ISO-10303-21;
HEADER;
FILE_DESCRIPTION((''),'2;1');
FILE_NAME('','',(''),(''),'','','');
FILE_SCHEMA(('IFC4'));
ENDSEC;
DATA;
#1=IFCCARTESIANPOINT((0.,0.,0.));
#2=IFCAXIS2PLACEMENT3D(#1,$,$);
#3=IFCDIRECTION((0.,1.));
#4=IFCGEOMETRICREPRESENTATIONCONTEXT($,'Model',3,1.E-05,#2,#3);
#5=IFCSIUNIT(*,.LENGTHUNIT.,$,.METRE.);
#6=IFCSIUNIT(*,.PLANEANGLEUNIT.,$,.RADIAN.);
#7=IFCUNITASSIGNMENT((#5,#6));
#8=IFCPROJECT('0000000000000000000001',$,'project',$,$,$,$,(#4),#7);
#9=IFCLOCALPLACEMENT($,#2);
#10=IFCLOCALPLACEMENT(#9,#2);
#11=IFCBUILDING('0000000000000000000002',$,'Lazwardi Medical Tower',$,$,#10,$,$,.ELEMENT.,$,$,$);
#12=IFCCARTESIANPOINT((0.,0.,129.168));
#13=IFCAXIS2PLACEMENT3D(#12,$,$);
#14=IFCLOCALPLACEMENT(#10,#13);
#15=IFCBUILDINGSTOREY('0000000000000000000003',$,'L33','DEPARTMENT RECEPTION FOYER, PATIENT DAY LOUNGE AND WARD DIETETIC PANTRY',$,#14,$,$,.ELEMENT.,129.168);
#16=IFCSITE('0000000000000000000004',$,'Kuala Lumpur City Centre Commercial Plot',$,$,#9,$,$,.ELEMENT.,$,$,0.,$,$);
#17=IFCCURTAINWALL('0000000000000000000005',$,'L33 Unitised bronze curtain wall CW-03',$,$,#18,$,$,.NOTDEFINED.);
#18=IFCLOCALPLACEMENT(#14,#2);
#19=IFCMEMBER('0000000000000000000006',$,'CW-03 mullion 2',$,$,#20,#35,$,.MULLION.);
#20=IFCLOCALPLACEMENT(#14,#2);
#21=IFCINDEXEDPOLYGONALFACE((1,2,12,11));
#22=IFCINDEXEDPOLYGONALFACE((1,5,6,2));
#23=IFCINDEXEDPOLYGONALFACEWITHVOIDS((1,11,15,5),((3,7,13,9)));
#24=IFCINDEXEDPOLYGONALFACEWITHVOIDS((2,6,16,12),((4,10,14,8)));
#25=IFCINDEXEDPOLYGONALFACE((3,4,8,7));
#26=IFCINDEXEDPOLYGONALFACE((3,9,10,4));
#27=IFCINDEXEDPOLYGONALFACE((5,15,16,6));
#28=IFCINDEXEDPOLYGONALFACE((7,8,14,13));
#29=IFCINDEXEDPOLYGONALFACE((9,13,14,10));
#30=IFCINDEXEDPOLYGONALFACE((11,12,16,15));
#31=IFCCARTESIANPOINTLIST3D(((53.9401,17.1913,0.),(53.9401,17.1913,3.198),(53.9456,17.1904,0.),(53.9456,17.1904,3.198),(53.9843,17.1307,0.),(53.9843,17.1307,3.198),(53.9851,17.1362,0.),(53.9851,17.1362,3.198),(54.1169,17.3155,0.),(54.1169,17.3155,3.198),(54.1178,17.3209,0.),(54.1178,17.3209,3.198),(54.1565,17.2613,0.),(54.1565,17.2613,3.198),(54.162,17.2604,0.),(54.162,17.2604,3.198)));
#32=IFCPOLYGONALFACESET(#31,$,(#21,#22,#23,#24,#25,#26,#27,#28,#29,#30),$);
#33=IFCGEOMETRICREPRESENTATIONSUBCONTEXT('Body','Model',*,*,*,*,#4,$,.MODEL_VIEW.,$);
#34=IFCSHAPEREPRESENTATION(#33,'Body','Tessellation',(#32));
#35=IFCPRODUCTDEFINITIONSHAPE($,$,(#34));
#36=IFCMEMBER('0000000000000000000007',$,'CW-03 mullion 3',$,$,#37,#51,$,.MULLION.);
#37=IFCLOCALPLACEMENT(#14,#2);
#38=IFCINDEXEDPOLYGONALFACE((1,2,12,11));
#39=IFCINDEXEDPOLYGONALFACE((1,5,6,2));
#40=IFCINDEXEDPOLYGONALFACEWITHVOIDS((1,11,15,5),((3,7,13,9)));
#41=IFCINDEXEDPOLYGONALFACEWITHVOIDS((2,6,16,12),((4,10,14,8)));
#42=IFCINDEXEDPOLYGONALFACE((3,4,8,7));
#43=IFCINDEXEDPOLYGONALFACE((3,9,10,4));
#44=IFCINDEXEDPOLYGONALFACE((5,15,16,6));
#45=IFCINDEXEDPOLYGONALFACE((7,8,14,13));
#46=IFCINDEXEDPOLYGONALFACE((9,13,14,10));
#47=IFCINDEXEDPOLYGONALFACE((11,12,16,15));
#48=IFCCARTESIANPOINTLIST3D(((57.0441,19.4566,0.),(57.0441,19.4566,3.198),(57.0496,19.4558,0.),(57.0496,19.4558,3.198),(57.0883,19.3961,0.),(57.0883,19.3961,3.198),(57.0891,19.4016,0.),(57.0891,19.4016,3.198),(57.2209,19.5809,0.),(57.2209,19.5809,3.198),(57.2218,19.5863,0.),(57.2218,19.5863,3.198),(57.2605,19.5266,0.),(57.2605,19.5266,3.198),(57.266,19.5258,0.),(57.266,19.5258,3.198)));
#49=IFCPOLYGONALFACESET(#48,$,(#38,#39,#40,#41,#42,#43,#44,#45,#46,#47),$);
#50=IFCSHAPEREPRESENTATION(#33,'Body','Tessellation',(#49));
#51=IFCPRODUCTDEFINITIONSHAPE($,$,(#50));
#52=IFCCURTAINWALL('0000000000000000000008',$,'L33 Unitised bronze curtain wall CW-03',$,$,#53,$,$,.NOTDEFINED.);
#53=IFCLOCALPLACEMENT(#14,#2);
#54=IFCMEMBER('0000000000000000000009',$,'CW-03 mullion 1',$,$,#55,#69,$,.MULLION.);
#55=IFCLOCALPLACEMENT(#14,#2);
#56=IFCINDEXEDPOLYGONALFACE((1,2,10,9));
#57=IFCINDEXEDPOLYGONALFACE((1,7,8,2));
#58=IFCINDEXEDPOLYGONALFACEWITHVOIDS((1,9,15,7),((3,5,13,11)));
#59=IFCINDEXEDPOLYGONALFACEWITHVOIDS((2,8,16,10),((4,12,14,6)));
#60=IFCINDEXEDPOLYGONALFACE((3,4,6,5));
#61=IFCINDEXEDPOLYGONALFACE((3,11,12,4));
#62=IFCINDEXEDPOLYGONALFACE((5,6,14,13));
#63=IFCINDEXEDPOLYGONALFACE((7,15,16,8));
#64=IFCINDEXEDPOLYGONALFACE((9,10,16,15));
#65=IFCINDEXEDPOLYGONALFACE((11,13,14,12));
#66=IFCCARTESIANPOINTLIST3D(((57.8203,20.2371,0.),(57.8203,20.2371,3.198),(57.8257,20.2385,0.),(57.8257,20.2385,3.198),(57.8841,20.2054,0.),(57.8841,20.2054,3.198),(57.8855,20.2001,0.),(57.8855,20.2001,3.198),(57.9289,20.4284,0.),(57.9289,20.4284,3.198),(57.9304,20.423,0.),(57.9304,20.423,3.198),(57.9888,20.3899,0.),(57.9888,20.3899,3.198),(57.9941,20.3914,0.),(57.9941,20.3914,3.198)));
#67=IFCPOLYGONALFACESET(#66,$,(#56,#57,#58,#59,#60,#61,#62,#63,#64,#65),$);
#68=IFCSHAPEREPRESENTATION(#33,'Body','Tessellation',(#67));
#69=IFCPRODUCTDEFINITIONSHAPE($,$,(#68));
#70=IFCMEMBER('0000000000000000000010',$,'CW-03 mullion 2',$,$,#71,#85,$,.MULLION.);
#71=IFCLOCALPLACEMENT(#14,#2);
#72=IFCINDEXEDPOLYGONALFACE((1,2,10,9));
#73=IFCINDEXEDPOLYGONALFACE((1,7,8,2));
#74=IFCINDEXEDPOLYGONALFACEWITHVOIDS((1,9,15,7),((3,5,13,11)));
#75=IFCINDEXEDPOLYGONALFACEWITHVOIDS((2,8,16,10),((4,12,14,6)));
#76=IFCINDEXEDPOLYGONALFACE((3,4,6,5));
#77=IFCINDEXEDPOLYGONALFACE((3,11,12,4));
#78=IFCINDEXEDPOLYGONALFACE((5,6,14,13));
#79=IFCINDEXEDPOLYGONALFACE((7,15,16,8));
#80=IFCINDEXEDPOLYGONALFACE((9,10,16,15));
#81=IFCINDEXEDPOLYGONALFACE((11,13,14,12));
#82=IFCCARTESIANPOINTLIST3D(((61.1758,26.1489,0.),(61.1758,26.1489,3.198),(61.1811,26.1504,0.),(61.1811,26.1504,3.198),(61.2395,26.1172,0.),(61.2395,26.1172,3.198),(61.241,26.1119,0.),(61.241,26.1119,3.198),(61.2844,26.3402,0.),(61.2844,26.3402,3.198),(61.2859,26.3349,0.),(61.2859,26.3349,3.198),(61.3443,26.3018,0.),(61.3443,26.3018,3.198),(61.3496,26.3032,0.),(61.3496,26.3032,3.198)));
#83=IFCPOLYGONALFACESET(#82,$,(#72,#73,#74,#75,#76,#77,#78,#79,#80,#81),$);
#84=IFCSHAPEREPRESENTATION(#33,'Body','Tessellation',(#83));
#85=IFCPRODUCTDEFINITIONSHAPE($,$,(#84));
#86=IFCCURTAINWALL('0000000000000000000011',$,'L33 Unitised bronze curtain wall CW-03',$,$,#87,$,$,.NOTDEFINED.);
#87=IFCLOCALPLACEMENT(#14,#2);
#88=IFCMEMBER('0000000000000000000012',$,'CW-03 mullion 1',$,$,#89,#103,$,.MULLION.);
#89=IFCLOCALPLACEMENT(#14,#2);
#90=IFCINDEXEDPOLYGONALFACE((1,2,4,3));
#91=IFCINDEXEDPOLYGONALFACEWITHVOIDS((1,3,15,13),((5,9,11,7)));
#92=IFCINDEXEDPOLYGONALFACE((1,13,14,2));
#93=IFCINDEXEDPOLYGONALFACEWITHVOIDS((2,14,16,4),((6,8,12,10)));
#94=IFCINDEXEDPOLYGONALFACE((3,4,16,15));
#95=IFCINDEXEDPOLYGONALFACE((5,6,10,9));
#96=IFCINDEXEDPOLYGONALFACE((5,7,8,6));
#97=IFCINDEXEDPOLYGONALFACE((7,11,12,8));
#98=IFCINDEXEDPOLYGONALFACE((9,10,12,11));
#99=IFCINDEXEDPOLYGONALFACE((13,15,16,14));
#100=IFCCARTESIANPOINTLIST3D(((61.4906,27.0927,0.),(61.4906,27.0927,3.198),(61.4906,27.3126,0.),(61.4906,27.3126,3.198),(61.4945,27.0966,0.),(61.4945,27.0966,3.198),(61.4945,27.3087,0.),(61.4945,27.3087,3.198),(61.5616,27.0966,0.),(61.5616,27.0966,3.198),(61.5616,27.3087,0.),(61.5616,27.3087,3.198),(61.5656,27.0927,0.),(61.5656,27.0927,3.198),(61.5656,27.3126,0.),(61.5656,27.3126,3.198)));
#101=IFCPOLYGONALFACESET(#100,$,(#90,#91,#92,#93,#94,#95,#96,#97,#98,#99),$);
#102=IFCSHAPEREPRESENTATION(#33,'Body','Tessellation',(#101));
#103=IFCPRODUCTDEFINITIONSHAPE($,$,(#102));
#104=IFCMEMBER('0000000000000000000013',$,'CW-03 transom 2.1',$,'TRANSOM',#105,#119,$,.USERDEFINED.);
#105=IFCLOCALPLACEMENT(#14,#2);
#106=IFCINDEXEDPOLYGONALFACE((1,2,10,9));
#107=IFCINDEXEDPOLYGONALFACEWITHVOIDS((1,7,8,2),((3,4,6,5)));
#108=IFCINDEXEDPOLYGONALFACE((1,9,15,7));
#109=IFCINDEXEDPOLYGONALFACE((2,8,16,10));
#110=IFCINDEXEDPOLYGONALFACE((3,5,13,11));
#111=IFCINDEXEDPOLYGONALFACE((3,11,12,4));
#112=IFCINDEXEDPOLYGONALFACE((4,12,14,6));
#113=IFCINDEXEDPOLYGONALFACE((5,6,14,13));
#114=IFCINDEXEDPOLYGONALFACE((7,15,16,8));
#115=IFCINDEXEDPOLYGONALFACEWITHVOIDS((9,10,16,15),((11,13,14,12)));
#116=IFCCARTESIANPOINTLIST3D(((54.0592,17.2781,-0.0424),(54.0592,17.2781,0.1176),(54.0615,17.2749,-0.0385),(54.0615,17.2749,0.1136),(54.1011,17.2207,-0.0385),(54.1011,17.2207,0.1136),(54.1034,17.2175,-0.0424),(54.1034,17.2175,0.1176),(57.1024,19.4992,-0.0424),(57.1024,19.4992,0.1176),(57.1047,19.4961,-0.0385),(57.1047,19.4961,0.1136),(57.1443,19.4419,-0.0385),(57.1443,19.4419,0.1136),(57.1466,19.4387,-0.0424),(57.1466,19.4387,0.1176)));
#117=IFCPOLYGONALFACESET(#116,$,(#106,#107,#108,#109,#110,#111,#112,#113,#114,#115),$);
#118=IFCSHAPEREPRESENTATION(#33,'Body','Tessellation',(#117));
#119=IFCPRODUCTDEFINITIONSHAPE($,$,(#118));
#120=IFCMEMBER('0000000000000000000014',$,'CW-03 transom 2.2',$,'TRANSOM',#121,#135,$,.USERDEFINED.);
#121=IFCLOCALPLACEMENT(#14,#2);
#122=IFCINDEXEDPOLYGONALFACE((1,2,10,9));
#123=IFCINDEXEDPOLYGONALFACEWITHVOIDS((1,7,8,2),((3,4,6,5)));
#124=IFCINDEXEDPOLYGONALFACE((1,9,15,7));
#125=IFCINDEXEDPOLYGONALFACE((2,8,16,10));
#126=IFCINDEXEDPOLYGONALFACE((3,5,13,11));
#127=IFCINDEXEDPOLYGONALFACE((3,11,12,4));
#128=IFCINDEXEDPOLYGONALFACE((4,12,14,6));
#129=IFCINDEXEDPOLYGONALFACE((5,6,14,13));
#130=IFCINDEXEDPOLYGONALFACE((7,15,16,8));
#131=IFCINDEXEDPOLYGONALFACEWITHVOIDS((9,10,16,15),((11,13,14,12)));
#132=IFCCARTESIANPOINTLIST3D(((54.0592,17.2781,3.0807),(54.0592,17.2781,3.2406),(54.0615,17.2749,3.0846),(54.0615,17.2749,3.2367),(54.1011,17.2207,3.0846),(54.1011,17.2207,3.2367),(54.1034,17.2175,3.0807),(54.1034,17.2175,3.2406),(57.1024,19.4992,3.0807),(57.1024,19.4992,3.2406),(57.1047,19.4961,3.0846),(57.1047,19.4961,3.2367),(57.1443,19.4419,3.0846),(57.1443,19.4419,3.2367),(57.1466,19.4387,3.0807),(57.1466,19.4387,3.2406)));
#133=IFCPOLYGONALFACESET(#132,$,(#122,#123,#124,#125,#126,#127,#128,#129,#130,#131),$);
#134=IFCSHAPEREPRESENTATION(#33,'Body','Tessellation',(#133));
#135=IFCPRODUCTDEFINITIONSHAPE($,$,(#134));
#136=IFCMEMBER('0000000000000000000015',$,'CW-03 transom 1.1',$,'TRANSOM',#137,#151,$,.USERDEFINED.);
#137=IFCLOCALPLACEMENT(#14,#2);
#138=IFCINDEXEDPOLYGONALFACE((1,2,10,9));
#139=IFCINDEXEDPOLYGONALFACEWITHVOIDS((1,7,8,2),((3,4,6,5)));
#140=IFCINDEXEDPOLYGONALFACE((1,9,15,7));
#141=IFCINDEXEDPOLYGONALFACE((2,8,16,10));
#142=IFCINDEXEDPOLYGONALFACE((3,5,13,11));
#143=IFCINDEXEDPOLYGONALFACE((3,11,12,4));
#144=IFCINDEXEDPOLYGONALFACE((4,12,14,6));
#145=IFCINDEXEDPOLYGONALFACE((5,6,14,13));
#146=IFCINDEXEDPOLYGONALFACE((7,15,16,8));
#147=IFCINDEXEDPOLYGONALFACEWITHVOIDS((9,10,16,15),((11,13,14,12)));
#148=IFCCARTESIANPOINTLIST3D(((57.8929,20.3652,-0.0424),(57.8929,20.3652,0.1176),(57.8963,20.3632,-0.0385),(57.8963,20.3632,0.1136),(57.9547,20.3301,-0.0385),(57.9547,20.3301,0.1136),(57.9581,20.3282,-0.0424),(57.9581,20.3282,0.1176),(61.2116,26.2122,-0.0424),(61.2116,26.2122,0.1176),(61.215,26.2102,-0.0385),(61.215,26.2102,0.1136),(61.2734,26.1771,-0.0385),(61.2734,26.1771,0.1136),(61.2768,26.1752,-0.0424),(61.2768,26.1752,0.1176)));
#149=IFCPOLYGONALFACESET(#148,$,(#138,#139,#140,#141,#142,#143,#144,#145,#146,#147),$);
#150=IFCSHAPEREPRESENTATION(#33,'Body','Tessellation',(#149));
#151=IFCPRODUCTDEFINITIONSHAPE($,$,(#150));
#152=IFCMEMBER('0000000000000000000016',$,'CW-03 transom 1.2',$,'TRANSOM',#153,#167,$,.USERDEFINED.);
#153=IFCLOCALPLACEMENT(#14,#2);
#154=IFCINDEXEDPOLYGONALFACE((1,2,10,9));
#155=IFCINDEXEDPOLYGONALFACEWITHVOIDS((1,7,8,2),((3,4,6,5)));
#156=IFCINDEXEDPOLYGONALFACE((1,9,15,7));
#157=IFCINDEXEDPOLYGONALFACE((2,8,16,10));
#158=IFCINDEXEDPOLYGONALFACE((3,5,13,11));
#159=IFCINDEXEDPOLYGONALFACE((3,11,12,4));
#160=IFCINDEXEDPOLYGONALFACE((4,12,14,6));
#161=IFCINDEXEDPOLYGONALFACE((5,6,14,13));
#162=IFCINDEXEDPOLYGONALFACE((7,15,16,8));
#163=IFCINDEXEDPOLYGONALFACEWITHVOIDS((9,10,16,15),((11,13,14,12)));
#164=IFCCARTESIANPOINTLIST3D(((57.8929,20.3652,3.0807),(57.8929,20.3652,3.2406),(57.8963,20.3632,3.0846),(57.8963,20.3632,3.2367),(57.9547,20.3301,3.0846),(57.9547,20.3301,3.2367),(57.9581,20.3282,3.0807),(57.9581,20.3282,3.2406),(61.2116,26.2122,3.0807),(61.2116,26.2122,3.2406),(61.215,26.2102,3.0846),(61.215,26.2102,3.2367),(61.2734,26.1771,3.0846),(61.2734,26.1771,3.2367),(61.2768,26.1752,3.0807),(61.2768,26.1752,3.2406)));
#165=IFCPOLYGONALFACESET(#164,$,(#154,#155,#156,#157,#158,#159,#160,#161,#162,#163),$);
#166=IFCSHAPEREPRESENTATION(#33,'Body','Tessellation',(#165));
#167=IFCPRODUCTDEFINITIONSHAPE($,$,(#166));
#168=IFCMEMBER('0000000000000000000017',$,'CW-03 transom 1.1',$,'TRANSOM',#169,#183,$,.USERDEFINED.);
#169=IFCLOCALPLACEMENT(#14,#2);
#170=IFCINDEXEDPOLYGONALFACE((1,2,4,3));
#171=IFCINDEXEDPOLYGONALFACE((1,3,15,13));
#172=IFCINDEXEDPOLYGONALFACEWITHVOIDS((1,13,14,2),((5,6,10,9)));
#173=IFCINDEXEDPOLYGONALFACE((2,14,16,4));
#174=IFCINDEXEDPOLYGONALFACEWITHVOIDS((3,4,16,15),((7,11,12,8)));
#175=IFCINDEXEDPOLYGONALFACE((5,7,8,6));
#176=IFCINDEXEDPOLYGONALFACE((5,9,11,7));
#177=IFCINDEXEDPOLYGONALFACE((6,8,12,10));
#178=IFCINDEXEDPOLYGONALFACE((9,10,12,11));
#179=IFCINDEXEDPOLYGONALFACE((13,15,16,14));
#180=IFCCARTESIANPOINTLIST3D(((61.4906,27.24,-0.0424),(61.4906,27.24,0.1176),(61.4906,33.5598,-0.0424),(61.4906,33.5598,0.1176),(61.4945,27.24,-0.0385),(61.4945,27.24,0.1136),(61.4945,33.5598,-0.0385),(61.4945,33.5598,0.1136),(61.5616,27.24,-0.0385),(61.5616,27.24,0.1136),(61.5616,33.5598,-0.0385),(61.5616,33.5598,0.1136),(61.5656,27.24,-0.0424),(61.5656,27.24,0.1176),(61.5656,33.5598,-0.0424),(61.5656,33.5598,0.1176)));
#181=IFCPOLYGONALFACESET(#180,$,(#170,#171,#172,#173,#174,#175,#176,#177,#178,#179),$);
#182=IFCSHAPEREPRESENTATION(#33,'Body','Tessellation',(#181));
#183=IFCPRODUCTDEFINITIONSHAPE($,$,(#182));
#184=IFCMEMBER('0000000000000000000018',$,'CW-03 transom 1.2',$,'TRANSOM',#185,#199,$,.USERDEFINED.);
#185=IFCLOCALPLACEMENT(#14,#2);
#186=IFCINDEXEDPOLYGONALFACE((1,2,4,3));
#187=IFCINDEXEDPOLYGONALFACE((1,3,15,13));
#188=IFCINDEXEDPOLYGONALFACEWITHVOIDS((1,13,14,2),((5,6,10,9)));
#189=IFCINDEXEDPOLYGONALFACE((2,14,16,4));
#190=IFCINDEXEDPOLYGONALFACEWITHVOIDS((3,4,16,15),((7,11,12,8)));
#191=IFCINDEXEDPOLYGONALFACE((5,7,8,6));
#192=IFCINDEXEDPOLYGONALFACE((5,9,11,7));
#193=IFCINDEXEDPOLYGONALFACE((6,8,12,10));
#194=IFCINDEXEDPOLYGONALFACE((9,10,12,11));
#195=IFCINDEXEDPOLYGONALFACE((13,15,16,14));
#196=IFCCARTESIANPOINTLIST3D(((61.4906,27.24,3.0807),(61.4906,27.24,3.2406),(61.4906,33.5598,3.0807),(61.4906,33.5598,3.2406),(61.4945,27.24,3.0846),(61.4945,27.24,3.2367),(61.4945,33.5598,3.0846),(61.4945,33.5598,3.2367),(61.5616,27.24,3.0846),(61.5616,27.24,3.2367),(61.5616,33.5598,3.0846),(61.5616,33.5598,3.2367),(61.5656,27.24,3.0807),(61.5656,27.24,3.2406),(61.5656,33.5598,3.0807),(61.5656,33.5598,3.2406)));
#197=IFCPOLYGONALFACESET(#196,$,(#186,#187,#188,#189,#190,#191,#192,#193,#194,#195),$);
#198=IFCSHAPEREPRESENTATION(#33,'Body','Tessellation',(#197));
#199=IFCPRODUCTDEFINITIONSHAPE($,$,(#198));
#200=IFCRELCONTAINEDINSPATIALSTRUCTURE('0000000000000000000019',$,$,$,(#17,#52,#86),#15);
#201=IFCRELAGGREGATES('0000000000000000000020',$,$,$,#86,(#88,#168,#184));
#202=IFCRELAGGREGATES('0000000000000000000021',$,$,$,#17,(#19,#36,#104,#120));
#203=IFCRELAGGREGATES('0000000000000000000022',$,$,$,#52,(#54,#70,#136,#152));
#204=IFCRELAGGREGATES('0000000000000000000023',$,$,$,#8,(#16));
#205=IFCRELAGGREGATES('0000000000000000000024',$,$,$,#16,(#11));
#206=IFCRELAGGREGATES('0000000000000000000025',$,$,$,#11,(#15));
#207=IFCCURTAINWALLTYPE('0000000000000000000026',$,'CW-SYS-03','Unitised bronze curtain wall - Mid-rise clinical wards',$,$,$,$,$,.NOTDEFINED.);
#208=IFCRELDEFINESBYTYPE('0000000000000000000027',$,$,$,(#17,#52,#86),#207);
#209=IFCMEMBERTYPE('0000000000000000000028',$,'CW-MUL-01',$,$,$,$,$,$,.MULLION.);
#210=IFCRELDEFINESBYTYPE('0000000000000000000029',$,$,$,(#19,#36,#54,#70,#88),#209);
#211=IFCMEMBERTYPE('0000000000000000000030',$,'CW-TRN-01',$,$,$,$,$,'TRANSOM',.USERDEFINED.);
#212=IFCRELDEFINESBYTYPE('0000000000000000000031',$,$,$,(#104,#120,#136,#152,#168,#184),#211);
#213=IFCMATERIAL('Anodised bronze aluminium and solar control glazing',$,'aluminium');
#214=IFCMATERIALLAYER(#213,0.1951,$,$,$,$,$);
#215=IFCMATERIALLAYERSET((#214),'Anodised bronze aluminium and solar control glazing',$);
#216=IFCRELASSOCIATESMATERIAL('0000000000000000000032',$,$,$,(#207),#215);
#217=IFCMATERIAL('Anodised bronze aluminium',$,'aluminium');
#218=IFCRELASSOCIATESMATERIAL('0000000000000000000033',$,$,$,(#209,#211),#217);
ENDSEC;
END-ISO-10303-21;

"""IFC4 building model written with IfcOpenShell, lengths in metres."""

from ifc_helpers import new_model, si_unit, direction, frame, origin, origin_2d, place, context, subcontext, project, spatial, hollow_rectangle, extrude, material, layer, layer_set, material_profile, profile_set, type_object, element, aggregate, save


model = new_model("IFC4")

# Units and contexts
model_context = context("Model", 3, precision=1e-05, world=origin(), true_north=direction((0.0, 1.0)))
body_context = subcontext(model_context, "Body", "Model", "MODEL_VIEW")
ifc_project = project(units=[si_unit("LENGTHUNIT", "METRE"), si_unit("PLANEANGLEUNIT", "RADIAN")], contexts=[model_context])

# Site, building, storey
site_placement = place(None, origin())
site = spatial("IfcSite", under=ifc_project, at=site_placement, Name="Kuala Lumpur City Centre Commercial Plot", CompositionType="ELEMENT", RefElevation=0.0)
building_placement = place(site_placement, origin())
building = spatial("IfcBuilding", under=site, at=building_placement, Name="Lazwardi Medical Tower", CompositionType="ELEMENT")
storey_placement = place(building_placement, frame((0.0, 0.0, 129.168)))
storey = spatial("IfcBuildingStorey", under=building, at=storey_placement, Name="L33", Description="DEPARTMENT RECEPTION FOYER, PATIENT DAY LOUNGE AND WARD DIETETIC PANTRY", CompositionType="ELEMENT", Elevation=129.168)

# Curtain walls, members
ifc_material_1 = material(Name="Anodised bronze aluminium and solar control glazing", Category="aluminium")
ifc_layer_1 = layer(ifc_material_1, 0.1951)
ifc_layer_set_1 = layer_set([ifc_layer_1], Name="Anodised bronze aluminium and solar control glazing")
curtain_wall_type = type_object("IfcCurtainWallType", Name="CW-SYS-03", Description="Unitised bronze curtain wall - Mid-rise clinical wards", PredefinedType="NOTDEFINED", material=ifc_layer_set_1)
curtain_wall_1_placement = place(storey_placement, origin())
curtain_wall_1 = element("IfcCurtainWall", 1, at=curtain_wall_1_placement, inside=storey, type_object=curtain_wall_type, Name="L33 Unitised bronze curtain wall CW-03", PredefinedType="NOTDEFINED")
ifc_material_2 = material(Name="Anodised bronze aluminium", Category="aluminium")
ifc_material_profile_1 = material_profile(ifc_material_2, hollow_rectangle(XDim=0.075, YDim=0.22, WallThickness=0.0039, at=origin_2d()), Name="ALU-MULLION 220x75x4")
ifc_profile_set_1 = profile_set([ifc_material_profile_1], Name="Anodised bronze aluminium")
member_type_1 = type_object("IfcMemberType", Name="CW-MUL-01", PredefinedType="MULLION", material=ifc_profile_set_1)
member_1_placement = place(storey_placement, frame((54.051, 17.2258, 0.0), z_axis=(0.0, 0.0, 1.0), x_axis=(-0.589531, 0.807746, 0.0)))
member_1 = element("IfcMember", 2, at=member_1_placement, type_object=member_type_1, Name="CW-03 mullion 2", PredefinedType="MULLION", context=body_context, shape_type="SweptSolid", body=[
    extrude(hollow_rectangle(XDim=0.075, YDim=0.22, WallThickness=0.0039, at=origin_2d()), origin(), (0.0, 0.0, 1.0), 3.198),
])
member_2_placement = place(storey_placement, frame((57.155, 19.4912, 0.0), z_axis=(0.0, 0.0, 1.0), x_axis=(-0.589531, 0.807746, 0.0)))
member_2 = element("IfcMember", 3, at=member_2_placement, type_object=member_type_1, Name="CW-03 mullion 3", PredefinedType="MULLION", context=body_context, shape_type="SweptSolid", body=[
    extrude(hollow_rectangle(XDim=0.075, YDim=0.22, WallThickness=0.0039, at=origin_2d()), origin(), (0.0, 0.0, 1.0), 3.198),
])
curtain_wall_2_placement = place(storey_placement, origin())
curtain_wall_2 = element("IfcCurtainWall", 4, at=curtain_wall_2_placement, inside=storey, type_object=curtain_wall_type, Name="L33 Unitised bronze curtain wall CW-03", PredefinedType="NOTDEFINED")
member_3_placement = place(storey_placement, frame((57.9072, 20.3142, 0.0), z_axis=(0.0, 0.0, 1.0), x_axis=(-0.869687, 0.493603, 0.0)))
member_3 = element("IfcMember", 5, at=member_3_placement, type_object=member_type_1, Name="CW-03 mullion 1", PredefinedType="MULLION", context=body_context, shape_type="SweptSolid", body=[
    extrude(hollow_rectangle(XDim=0.075, YDim=0.22, WallThickness=0.0039, at=origin_2d()), origin(), (0.0, 0.0, 1.0), 3.198),
])
member_4_placement = place(storey_placement, frame((61.2627, 26.2261, 0.0), z_axis=(0.0, 0.0, 1.0), x_axis=(-0.869687, 0.493603, 0.0)))
member_4 = element("IfcMember", 6, at=member_4_placement, type_object=member_type_1, Name="CW-03 mullion 2", PredefinedType="MULLION", context=body_context, shape_type="SweptSolid", body=[
    extrude(hollow_rectangle(XDim=0.075, YDim=0.22, WallThickness=0.0039, at=origin_2d()), origin(), (0.0, 0.0, 1.0), 3.198),
])

# Curtain wall, member
curtain_wall_3_placement = place(storey_placement, origin())
curtain_wall_3 = element("IfcCurtainWall", 7, at=curtain_wall_3_placement, inside=storey, type_object=curtain_wall_type, Name="L33 Unitised bronze curtain wall CW-03", PredefinedType="NOTDEFINED")
member_5_placement = place(storey_placement, frame((61.5281, 27.2026, 0.0), z_axis=(0.0, 0.0, 1.0), x_axis=(-1.0, 0.0, 0.0)))
member_5 = element("IfcMember", 8, at=member_5_placement, type_object=member_type_1, Name="CW-03 mullion 1", PredefinedType="MULLION", context=body_context, shape_type="SweptSolid", body=[
    extrude(hollow_rectangle(XDim=0.075, YDim=0.22, WallThickness=0.0039, at=origin_2d()), origin(), (0.0, 0.0, 1.0), 3.198),
])

# Members
ifc_material_profile_2 = material_profile(ifc_material_2, hollow_rectangle(XDim=0.075, YDim=0.1599, WallThickness=0.0039, at=origin_2d()), Name="ALU-TRANSOM 160x75x4")
ifc_profile_set_2 = profile_set([ifc_material_profile_2], Name="Anodised bronze aluminium")
member_type_2 = type_object("IfcMemberType", Name="CW-TRN-01", ElementType="TRANSOM", PredefinedType="USERDEFINED", material=ifc_profile_set_2)
member_6_placement = place(storey_placement, frame((54.0813, 17.2478, 0.0376), z_axis=(0.807732, 0.58955, 0.0), x_axis=(-0.58955, 0.807732, 0.0)))
member_6 = element("IfcMember", 9, at=member_6_placement, type_object=member_type_2, Name="CW-03 transom 2.1", ObjectType="TRANSOM", PredefinedType="USERDEFINED", context=body_context, shape_type="SweptSolid", body=[
    extrude(hollow_rectangle(XDim=0.075, YDim=0.1599, WallThickness=0.0039, at=origin_2d()), origin(), (0.0, 0.0, 1.0), 3.7676),
])
member_7_placement = place(storey_placement, frame((54.0813, 17.2478, 3.1606), z_axis=(0.807732, 0.58955, 0.0), x_axis=(-0.58955, 0.807732, 0.0)))
member_7 = element("IfcMember", 10, at=member_7_placement, type_object=member_type_2, Name="CW-03 transom 2.2", ObjectType="TRANSOM", PredefinedType="USERDEFINED", context=body_context, shape_type="SweptSolid", body=[
    extrude(hollow_rectangle(XDim=0.075, YDim=0.1599, WallThickness=0.0039, at=origin_2d()), origin(), (0.0, 0.0, 1.0), 3.7676),
])
member_8_placement = place(storey_placement, frame((57.9255, 20.3467, 0.0376), z_axis=(0.493614, 0.869681, 0.0), x_axis=(-0.869681, 0.493614, 0.0)))
member_8 = element("IfcMember", 11, at=member_8_placement, type_object=member_type_2, Name="CW-03 transom 1.1", ObjectType="TRANSOM", PredefinedType="USERDEFINED", context=body_context, shape_type="SweptSolid", body=[
    extrude(hollow_rectangle(XDim=0.075, YDim=0.1599, WallThickness=0.0039, at=origin_2d()), origin(), (0.0, 0.0, 1.0), 6.7231),
])
member_9_placement = place(storey_placement, frame((57.9255, 20.3467, 3.1606), z_axis=(0.493614, 0.869681, 0.0), x_axis=(-0.869681, 0.493614, 0.0)))
member_9 = element("IfcMember", 12, at=member_9_placement, type_object=member_type_2, Name="CW-03 transom 1.2", ObjectType="TRANSOM", PredefinedType="USERDEFINED", context=body_context, shape_type="SweptSolid", body=[
    extrude(hollow_rectangle(XDim=0.075, YDim=0.1599, WallThickness=0.0039, at=origin_2d()), origin(), (0.0, 0.0, 1.0), 6.7231),
])
member_10_placement = place(storey_placement, frame((61.5281, 27.24, 0.0376), z_axis=(0.0, 1.0, 0.0), x_axis=(-1.0, 0.0, 0.0)))
member_10 = element("IfcMember", 13, at=member_10_placement, type_object=member_type_2, Name="CW-03 transom 1.1", ObjectType="TRANSOM", PredefinedType="USERDEFINED", context=body_context, shape_type="SweptSolid", body=[
    extrude(hollow_rectangle(XDim=0.075, YDim=0.1599, WallThickness=0.0039, at=origin_2d()), origin(), (0.0, 0.0, 1.0), 6.3198),
])
member_11_placement = place(storey_placement, frame((61.5281, 27.24, 3.1606), z_axis=(0.0, 1.0, 0.0), x_axis=(-1.0, 0.0, 0.0)))
member_11 = element("IfcMember", 14, at=member_11_placement, type_object=member_type_2, Name="CW-03 transom 1.2", ObjectType="TRANSOM", PredefinedType="USERDEFINED", context=body_context, shape_type="SweptSolid", body=[
    extrude(hollow_rectangle(XDim=0.075, YDim=0.1599, WallThickness=0.0039, at=origin_2d()), origin(), (0.0, 0.0, 1.0), 6.3198),
])
aggregate(curtain_wall_3, [member_5, member_10, member_11])

aggregate(curtain_wall_1, [member_1, member_2, member_6, member_7])
aggregate(curtain_wall_2, [member_3, member_4, member_8, member_9])

save(model, "model.ifc")
